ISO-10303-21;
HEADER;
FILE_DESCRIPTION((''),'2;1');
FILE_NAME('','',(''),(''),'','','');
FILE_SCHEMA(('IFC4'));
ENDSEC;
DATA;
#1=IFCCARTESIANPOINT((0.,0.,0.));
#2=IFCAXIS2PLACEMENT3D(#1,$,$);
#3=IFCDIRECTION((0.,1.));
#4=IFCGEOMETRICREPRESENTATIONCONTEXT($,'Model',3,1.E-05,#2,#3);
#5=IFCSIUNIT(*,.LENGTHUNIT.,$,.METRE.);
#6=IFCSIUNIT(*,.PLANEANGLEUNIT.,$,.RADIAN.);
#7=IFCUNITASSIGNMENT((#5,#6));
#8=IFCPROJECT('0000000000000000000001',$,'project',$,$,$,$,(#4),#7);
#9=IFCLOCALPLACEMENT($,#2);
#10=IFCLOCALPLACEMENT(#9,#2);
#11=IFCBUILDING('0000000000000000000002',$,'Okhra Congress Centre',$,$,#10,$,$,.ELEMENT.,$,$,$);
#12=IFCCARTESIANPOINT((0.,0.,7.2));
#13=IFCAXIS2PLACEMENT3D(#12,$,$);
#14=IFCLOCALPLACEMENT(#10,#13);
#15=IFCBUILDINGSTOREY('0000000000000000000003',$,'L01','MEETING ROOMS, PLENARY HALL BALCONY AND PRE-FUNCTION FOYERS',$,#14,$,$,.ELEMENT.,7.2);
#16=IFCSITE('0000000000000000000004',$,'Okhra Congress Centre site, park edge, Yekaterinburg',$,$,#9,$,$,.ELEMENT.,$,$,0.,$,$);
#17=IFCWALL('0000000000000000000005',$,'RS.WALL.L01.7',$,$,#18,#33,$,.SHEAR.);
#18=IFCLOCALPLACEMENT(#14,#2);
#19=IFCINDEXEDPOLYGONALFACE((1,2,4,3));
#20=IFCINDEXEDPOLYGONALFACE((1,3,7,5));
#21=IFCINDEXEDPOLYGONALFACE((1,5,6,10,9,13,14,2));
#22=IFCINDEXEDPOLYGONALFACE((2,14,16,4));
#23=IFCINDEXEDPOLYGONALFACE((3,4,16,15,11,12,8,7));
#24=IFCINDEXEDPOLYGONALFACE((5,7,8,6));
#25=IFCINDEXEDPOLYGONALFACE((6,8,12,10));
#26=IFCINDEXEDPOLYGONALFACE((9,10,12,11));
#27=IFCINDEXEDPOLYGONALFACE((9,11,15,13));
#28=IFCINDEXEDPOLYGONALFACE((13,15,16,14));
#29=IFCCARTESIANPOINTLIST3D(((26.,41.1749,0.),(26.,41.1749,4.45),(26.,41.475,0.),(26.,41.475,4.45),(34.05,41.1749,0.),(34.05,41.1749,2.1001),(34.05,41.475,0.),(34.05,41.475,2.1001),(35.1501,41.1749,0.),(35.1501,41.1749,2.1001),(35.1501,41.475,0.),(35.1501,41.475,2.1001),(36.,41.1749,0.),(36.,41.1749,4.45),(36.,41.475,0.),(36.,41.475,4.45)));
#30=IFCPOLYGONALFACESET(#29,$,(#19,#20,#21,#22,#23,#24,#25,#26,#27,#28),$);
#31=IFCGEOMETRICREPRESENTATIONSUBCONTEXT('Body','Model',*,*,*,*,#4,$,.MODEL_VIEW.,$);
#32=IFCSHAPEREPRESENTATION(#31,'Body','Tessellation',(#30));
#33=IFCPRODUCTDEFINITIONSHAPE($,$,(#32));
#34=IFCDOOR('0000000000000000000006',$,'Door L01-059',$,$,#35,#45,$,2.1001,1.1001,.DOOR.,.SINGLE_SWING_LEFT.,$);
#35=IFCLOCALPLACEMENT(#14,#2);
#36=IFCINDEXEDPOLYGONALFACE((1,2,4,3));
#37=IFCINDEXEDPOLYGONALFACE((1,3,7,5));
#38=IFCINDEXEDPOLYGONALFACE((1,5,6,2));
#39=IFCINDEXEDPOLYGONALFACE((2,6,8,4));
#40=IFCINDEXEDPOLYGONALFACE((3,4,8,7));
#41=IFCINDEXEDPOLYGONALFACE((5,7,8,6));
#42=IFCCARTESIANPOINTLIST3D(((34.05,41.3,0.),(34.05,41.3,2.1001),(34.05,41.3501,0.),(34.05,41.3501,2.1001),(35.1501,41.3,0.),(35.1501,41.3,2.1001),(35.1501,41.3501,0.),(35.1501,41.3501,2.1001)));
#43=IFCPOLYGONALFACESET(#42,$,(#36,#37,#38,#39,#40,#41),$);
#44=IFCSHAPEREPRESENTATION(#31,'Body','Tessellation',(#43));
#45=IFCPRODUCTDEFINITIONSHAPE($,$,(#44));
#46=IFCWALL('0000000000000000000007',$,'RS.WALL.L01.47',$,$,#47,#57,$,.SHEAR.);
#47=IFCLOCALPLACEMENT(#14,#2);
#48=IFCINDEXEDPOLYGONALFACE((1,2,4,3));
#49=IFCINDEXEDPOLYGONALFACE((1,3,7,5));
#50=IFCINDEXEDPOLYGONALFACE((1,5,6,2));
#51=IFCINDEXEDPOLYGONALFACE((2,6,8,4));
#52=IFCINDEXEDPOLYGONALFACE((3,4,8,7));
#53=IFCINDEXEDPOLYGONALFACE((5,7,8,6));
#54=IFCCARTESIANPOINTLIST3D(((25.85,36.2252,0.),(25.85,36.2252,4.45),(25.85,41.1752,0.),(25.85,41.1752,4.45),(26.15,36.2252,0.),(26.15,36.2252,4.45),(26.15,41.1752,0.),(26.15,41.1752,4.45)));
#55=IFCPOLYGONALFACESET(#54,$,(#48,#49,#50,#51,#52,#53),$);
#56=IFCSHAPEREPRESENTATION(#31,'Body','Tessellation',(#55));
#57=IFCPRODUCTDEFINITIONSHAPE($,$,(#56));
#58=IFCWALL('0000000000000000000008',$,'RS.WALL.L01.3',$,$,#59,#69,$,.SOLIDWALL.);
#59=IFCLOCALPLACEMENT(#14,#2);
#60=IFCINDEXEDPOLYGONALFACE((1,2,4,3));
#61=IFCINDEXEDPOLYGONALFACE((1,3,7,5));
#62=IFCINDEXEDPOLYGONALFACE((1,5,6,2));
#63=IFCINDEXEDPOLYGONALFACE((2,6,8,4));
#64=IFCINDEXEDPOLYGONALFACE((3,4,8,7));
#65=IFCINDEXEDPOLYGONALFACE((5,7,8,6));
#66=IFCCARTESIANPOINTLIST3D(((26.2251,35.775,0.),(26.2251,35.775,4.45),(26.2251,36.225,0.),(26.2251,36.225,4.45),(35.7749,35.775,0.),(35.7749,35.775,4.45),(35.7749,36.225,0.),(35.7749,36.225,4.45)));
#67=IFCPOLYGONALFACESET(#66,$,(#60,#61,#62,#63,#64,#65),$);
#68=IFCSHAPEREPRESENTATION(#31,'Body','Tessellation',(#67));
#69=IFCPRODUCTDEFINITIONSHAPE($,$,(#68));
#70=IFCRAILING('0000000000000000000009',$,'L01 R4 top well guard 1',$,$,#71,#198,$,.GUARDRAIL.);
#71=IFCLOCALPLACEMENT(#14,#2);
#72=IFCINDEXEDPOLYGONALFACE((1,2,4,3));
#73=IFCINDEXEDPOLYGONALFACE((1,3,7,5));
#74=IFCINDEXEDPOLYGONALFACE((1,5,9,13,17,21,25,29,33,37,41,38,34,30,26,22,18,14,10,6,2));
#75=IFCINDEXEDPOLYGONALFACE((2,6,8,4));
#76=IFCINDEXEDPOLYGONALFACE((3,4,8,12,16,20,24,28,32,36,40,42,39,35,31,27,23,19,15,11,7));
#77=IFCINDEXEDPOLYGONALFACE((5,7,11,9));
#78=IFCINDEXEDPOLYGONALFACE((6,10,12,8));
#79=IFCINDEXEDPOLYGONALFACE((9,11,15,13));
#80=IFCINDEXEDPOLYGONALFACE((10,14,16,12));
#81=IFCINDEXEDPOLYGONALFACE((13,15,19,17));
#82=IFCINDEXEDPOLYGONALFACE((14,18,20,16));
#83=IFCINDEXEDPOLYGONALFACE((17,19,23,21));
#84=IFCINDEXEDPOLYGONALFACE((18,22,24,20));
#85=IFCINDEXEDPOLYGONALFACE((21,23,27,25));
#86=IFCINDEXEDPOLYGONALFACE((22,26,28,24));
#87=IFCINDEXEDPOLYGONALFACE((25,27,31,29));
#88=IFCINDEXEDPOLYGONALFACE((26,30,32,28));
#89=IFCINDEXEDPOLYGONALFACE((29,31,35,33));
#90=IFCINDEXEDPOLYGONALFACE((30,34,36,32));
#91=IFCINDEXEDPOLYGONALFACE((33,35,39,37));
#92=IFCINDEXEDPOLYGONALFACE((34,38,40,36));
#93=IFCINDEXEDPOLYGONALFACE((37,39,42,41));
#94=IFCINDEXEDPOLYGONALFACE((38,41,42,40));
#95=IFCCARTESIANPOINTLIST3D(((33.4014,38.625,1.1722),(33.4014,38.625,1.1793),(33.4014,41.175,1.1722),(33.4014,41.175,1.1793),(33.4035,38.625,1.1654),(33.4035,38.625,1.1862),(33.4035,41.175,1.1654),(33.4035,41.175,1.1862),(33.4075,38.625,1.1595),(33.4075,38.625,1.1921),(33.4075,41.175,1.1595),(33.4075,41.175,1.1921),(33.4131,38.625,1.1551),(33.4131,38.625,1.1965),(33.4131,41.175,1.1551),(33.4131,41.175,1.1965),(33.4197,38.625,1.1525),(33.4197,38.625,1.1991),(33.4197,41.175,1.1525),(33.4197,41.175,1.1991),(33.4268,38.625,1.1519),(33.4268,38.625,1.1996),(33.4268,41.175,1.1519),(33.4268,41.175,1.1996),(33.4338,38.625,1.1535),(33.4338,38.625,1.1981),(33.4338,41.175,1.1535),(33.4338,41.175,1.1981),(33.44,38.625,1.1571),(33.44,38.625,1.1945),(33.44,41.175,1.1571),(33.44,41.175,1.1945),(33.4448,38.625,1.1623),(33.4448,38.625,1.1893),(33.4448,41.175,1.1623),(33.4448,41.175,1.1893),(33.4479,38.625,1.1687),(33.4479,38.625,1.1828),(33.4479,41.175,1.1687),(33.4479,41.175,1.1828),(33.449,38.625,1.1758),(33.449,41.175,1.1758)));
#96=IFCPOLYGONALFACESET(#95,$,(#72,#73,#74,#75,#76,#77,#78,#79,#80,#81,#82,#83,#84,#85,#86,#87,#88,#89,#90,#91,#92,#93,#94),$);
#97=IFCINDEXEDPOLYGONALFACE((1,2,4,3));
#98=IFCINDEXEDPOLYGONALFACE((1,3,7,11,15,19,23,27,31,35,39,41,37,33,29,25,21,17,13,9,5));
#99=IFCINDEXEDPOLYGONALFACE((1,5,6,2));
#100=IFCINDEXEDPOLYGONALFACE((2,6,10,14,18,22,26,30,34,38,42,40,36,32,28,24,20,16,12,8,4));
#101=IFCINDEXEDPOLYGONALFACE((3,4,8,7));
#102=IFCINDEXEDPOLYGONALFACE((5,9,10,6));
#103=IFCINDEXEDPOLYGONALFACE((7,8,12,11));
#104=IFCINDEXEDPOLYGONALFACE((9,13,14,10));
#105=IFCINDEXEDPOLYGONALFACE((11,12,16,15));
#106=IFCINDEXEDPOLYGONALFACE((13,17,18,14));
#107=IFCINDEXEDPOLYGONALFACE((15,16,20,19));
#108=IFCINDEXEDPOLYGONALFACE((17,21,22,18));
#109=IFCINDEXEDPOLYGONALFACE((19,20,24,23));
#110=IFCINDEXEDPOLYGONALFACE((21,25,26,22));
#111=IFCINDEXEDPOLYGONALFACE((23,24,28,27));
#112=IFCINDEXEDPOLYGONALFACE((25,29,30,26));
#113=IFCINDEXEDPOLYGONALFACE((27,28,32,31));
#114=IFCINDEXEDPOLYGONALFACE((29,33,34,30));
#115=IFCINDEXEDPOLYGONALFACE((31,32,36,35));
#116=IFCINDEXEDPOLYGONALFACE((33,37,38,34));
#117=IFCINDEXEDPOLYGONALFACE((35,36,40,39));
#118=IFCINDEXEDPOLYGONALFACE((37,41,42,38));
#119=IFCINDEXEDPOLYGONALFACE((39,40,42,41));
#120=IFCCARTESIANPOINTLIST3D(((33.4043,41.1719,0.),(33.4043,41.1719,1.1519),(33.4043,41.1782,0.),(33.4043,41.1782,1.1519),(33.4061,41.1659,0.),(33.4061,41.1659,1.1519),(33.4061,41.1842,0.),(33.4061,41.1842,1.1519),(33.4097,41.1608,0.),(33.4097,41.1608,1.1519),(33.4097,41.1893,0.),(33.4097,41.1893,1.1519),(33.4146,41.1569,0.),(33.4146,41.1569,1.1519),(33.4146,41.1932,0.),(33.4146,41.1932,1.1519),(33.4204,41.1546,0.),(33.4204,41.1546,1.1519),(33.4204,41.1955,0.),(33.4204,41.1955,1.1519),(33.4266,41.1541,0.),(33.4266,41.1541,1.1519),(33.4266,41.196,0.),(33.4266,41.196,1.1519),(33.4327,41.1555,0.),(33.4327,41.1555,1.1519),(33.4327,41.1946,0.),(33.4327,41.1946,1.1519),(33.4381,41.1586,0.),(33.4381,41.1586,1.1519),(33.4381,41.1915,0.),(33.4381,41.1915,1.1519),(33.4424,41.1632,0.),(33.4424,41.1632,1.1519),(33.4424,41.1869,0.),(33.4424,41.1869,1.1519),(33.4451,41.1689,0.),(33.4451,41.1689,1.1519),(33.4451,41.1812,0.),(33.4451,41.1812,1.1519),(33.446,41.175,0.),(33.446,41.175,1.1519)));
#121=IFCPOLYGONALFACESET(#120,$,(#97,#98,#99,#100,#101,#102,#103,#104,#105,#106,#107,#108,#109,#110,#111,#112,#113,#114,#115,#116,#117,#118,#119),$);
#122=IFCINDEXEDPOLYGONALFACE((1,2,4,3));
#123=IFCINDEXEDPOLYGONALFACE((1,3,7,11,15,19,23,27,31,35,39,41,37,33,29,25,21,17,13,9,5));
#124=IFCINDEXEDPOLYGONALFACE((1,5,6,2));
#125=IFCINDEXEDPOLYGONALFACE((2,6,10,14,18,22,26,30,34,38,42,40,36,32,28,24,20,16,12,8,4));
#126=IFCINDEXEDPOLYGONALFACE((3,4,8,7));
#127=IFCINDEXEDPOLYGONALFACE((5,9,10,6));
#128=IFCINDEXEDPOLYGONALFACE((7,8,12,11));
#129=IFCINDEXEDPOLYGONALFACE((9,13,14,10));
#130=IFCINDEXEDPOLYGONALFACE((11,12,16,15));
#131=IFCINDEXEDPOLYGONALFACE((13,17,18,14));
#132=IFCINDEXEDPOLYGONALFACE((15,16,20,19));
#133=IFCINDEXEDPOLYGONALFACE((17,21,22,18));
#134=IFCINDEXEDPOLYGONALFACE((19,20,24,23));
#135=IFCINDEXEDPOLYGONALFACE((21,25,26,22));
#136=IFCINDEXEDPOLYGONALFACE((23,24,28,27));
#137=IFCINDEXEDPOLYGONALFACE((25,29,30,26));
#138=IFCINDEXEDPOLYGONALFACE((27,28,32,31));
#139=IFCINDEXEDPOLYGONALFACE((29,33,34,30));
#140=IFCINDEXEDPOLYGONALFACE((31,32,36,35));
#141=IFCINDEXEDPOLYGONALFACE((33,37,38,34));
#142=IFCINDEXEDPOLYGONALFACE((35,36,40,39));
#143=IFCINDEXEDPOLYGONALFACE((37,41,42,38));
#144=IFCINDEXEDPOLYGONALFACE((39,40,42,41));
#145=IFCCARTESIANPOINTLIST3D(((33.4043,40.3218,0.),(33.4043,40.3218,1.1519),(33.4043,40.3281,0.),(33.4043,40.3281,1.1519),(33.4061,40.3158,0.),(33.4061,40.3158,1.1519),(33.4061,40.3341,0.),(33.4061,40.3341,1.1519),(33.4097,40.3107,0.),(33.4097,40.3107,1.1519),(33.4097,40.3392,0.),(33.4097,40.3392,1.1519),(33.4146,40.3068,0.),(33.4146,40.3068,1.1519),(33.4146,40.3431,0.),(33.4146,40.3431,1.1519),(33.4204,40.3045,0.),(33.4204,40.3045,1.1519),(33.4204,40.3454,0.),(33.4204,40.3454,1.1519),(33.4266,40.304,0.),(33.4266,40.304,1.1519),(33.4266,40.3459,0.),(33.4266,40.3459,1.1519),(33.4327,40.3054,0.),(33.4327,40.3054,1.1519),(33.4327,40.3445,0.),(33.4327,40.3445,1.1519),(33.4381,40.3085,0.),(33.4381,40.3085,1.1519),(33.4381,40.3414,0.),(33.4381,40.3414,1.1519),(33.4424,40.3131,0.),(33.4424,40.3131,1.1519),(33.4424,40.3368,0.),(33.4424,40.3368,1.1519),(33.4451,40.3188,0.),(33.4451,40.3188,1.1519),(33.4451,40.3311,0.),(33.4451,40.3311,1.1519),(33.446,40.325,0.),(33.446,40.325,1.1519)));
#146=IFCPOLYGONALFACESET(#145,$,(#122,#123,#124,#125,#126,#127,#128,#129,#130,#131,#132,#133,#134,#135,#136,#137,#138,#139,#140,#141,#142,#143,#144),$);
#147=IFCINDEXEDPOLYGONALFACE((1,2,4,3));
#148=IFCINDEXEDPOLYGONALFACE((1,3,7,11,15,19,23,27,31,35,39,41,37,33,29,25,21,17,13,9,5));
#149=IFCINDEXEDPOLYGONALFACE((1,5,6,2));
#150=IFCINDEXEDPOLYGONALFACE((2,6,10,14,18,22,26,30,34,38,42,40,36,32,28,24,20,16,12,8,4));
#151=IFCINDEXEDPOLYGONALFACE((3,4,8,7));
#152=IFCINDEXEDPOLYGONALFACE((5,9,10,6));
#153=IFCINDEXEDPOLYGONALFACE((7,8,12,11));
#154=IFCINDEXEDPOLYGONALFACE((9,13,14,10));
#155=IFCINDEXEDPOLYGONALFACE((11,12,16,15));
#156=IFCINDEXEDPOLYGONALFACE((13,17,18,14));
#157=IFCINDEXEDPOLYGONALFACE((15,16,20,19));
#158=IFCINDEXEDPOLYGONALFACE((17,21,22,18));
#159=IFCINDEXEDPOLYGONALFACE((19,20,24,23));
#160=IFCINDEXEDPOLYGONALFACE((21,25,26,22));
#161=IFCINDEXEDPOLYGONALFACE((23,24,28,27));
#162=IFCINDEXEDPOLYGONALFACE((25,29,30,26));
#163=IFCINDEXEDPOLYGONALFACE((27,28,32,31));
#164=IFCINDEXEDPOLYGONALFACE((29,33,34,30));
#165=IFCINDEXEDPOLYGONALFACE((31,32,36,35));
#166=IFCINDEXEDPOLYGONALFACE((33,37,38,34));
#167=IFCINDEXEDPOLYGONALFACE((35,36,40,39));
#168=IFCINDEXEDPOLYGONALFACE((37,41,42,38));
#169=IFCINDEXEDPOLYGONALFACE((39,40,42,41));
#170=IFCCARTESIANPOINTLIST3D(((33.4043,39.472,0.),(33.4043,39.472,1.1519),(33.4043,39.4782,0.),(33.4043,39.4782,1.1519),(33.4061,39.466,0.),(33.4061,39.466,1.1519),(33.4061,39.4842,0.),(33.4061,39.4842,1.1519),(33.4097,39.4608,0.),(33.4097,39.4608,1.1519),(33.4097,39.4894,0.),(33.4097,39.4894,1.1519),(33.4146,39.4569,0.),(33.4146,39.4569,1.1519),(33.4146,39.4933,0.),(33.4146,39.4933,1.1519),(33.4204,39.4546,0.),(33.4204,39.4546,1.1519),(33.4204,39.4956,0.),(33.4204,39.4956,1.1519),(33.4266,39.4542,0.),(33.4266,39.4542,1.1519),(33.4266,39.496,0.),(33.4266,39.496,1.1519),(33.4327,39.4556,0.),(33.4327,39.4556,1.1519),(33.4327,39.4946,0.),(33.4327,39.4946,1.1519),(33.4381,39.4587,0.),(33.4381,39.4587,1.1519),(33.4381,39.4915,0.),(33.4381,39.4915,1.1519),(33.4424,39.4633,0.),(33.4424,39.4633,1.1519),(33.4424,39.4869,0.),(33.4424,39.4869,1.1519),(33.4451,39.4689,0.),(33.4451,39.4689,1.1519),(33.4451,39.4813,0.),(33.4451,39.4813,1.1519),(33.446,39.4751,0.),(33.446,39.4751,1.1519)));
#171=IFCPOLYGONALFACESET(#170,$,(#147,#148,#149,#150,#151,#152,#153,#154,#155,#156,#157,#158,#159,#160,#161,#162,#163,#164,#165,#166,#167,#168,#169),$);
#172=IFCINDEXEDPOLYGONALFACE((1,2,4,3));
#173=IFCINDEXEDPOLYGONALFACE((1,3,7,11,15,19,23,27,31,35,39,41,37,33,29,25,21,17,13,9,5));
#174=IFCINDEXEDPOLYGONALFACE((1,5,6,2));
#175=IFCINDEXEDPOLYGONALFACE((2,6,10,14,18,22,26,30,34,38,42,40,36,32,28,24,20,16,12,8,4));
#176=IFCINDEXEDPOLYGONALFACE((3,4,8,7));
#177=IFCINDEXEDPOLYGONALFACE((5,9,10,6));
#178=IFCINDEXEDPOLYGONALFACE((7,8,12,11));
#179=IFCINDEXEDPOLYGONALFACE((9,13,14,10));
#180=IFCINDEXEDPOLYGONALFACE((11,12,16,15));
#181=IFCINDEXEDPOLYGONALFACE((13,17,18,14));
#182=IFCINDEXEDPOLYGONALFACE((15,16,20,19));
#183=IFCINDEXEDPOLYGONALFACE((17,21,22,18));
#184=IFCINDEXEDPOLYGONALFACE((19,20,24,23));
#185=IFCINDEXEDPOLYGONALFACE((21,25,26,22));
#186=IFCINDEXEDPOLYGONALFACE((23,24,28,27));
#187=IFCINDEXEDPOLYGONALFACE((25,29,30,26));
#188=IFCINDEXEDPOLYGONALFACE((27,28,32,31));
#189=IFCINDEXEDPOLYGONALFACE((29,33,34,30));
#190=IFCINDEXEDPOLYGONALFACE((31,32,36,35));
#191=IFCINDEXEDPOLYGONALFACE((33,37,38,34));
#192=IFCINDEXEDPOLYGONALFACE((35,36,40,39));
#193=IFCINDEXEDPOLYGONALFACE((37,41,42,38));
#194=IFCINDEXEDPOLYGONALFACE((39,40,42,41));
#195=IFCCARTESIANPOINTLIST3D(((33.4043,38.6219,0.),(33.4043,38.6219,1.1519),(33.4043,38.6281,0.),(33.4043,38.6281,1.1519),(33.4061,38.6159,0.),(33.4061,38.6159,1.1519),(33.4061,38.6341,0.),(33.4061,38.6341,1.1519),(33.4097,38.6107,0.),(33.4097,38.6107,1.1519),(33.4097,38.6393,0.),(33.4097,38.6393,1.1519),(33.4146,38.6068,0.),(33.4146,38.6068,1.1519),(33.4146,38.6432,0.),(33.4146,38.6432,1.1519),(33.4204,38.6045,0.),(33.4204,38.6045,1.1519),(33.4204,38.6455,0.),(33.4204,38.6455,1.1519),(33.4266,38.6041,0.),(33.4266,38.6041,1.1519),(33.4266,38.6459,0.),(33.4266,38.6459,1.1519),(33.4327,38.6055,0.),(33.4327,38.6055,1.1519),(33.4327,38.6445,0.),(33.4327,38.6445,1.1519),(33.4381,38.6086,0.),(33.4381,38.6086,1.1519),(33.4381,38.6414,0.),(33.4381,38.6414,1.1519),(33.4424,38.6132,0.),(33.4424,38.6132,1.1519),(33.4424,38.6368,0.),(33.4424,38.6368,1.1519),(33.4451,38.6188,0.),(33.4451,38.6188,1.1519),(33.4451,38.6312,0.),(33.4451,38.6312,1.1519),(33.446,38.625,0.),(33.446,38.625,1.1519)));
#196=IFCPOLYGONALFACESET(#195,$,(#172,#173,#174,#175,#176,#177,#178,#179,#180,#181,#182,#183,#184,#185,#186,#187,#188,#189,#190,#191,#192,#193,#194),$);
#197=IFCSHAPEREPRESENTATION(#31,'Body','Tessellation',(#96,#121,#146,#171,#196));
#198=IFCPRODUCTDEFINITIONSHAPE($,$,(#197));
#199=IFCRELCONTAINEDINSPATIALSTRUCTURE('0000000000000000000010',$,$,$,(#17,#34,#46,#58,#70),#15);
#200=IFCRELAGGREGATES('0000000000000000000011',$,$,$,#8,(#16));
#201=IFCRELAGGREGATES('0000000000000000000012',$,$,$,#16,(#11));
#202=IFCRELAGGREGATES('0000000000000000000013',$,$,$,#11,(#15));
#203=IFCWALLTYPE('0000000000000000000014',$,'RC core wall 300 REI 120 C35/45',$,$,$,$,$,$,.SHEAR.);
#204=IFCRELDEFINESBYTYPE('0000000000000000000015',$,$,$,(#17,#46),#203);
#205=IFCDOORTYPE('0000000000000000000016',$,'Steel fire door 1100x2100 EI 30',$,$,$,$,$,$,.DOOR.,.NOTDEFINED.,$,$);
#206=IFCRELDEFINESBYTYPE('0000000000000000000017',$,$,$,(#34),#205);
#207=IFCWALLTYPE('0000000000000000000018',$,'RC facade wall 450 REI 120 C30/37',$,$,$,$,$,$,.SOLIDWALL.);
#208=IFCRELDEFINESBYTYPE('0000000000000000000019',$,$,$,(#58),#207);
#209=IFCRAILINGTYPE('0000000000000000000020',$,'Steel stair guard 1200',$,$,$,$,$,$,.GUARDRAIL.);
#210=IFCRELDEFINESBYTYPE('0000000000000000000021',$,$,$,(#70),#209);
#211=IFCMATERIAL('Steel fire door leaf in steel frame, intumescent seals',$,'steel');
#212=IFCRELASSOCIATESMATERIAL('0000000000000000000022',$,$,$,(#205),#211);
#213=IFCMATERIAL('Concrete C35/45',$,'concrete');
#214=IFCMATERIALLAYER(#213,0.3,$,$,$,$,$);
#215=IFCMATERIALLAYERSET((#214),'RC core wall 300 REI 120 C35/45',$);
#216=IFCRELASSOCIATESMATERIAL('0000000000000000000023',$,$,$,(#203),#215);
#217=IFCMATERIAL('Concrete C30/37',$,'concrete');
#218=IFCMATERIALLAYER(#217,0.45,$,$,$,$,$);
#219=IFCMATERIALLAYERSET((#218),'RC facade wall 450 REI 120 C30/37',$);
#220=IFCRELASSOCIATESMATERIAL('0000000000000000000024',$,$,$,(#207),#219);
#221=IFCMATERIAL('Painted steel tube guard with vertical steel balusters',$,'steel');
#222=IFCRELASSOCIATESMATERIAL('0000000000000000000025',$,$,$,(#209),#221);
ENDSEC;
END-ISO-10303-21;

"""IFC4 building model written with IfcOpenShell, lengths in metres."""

from ifc_helpers import new_model, si_unit, direction, frame, frame_2d, origin, origin_2d, place, context, subcontext, project, spatial, rectangle, circle, extrude, material, layer, layer_set, type_object, element, fill, save


model = new_model("IFC4")

# Units and contexts
model_context = context("Model", 3, precision=1e-05, world=origin(), true_north=direction((0.0, 1.0)))
body_context = subcontext(model_context, "Body", "Model", "MODEL_VIEW")
ifc_project = project(units=[si_unit("LENGTHUNIT", "METRE"), si_unit("PLANEANGLEUNIT", "RADIAN")], contexts=[model_context])

# Site, building, storey
site_placement = place(None, origin())
site = spatial("IfcSite", under=ifc_project, at=site_placement, Name="Okhra Congress Centre site, park edge, Yekaterinburg", CompositionType="ELEMENT", RefElevation=0.0)
building_placement = place(site_placement, origin())
building = spatial("IfcBuilding", under=site, at=building_placement, Name="Okhra Congress Centre", CompositionType="ELEMENT")
storey_placement = place(building_placement, frame((0.0, 0.0, 7.2)))
storey = spatial("IfcBuildingStorey", under=building, at=storey_placement, Name="L01", Description="MEETING ROOMS, PLENARY HALL BALCONY AND PRE-FUNCTION FOYERS", CompositionType="ELEMENT", Elevation=7.2)

# Shared definitions
ifc_material_1 = material(Name="Concrete C35/45", Category="concrete")

# Shared definitions
ifc_material_2 = material(Name="Steel fire door leaf in steel frame, intumescent seals", Category="steel")
door_type_1 = type_object("IfcDoorType", Name="Steel fire door 1100x2100 EI 30", OperationType="NOTDEFINED", PredefinedType="DOOR", material=ifc_material_2)

# Wall, opening, door
ifc_layer_1 = layer(ifc_material_1, 0.3)
ifc_layer_set_1 = layer_set([ifc_layer_1], Name="RC core wall 300 REI 120 C35/45")
wall_type_1 = type_object("IfcWallType", Name="RC core wall 300 REI 120 C35/45", PredefinedType="SHEAR", material=ifc_layer_set_1)
wall_1_placement = place(storey_placement, frame((26.0, 41.325, 0.0), z_axis=(0.0, 0.0, 1.0), x_axis=(1.0, 0.0, 0.0)))
wall_1 = element("IfcWall", 1, at=wall_1_placement, inside=storey, type_object=wall_type_1, Name="RS.WALL.L01.7", PredefinedType="SHEAR", context=body_context, shape_type="SweptSolid", body=[
    extrude(rectangle(XDim=10.0, YDim=0.3, at=frame_2d((5.0, 0.0))), origin(), (0.0, 0.0, 1.0), 4.45),
])
opening_1_placement = place(wall_1_placement, frame((8.05, 0.0, 0.0)))
opening_1 = element("IfcOpeningElement", 2, at=opening_1_placement, cuts=wall_1, PredefinedType="OPENING", context=body_context, shape_type="SweptSolid", body=[
    extrude(rectangle(XDim=1.1001, YDim=2.1001, at=frame_2d((0.55, 1.05))), frame((0.0, 0.1599, 0.0), z_axis=(0.0, -1.0, 0.0), x_axis=(1.0, 0.0, 0.0)), (0.0, 0.0, 1.0), 0.3201),
])
door_1_placement = place(opening_1_placement, frame((1.1001, 0.0, 0.0), z_axis=(0.0, 0.0, 1.0), x_axis=(-1.0, 0.0, 0.0)))
door_1 = element("IfcDoor", 3, at=door_1_placement, inside=storey, type_object=door_type_1, Name="Door L01-059", OperationType="SINGLE_SWING_LEFT", OverallHeight=2.1001, OverallWidth=1.1001, PredefinedType="DOOR", context=body_context, shape_type="SweptSolid", body=[
    extrude(rectangle(XDim=1.1001, YDim=2.1001, at=frame_2d((0.55, 1.05))), frame((0.0, 0.0249, 0.0), z_axis=(0.0, -1.0, 0.0), x_axis=(1.0, 0.0, 0.0)), (0.0, 0.0, 1.0), 0.05),
])
fill(opening_1, door_1)

# Walls
wall_2_placement = place(storey_placement, frame((26.0, 36.2251, 0.0), z_axis=(0.0, 0.0, 1.0), x_axis=(0.0, 1.0, 0.0)))
element("IfcWall", 4, at=wall_2_placement, inside=storey, type_object=wall_type_1, Name="RS.WALL.L01.47", PredefinedType="SHEAR", context=body_context, shape_type="SweptSolid", body=[
    extrude(rectangle(XDim=4.95, YDim=0.3, at=frame_2d((2.4751, 0.0))), origin(), (0.0, 0.0, 1.0), 4.45),
])
ifc_material_3 = material(Name="Concrete C30/37", Category="concrete")
ifc_layer_2 = layer(ifc_material_3, 0.45)
ifc_layer_set_2 = layer_set([ifc_layer_2], Name="RC facade wall 450 REI 120 C30/37")
wall_type_2 = type_object("IfcWallType", Name="RC facade wall 450 REI 120 C30/37", PredefinedType="SOLIDWALL", material=ifc_layer_set_2)
wall_3_placement = place(storey_placement, frame((26.2251, 36.0, 0.0), z_axis=(0.0, 0.0, 1.0), x_axis=(1.0, 0.0, 0.0)))
element("IfcWall", 5, at=wall_3_placement, inside=storey, type_object=wall_type_2, Name="RS.WALL.L01.3", PredefinedType="SOLIDWALL", context=body_context, shape_type="SweptSolid", body=[
    extrude(rectangle(XDim=9.5498, YDim=0.45, at=frame_2d((4.7749, 0.0))), origin(), (0.0, 0.0, 1.0), 4.45),
])

# Railing
ifc_material_4 = material(Name="Painted steel tube guard with vertical steel balusters", Category="steel")
railing_type = type_object("IfcRailingType", Name="Steel stair guard 1200", PredefinedType="GUARDRAIL", material=ifc_material_4)
railing_placement = place(storey_placement, frame((33.425, 41.175, 0.0)))
element("IfcRailing", 6, at=railing_placement, inside=storey, type_object=railing_type, Name="L01 R4 top well guard 1", PredefinedType="GUARDRAIL", context=body_context, shape_type="SweptSolid", body=[
    extrude(circle(Radius=0.0239, at=origin_2d()), frame((0.0, 0.0, 1.1758), z_axis=(0.0, -1.0, 0.0), x_axis=(1.0, 0.0, 0.0)), (0.0, 0.0, 1.0), 2.55),
    extrude(circle(Radius=0.021, at=origin_2d()), origin(), (0.0, 0.0, 1.0), 1.1519),
    extrude(circle(Radius=0.021, at=origin_2d()), frame((0.0, -0.8501, 0.0)), (0.0, 0.0, 1.0), 1.1519),
    extrude(circle(Radius=0.021, at=origin_2d()), frame((0.0, -1.7, 0.0)), (0.0, 0.0, 1.0), 1.1519),
    extrude(circle(Radius=0.021, at=origin_2d()), frame((0.0, -2.55, 0.0)), (0.0, 0.0, 1.0), 1.1519),
])

save(model, "model.ifc")
